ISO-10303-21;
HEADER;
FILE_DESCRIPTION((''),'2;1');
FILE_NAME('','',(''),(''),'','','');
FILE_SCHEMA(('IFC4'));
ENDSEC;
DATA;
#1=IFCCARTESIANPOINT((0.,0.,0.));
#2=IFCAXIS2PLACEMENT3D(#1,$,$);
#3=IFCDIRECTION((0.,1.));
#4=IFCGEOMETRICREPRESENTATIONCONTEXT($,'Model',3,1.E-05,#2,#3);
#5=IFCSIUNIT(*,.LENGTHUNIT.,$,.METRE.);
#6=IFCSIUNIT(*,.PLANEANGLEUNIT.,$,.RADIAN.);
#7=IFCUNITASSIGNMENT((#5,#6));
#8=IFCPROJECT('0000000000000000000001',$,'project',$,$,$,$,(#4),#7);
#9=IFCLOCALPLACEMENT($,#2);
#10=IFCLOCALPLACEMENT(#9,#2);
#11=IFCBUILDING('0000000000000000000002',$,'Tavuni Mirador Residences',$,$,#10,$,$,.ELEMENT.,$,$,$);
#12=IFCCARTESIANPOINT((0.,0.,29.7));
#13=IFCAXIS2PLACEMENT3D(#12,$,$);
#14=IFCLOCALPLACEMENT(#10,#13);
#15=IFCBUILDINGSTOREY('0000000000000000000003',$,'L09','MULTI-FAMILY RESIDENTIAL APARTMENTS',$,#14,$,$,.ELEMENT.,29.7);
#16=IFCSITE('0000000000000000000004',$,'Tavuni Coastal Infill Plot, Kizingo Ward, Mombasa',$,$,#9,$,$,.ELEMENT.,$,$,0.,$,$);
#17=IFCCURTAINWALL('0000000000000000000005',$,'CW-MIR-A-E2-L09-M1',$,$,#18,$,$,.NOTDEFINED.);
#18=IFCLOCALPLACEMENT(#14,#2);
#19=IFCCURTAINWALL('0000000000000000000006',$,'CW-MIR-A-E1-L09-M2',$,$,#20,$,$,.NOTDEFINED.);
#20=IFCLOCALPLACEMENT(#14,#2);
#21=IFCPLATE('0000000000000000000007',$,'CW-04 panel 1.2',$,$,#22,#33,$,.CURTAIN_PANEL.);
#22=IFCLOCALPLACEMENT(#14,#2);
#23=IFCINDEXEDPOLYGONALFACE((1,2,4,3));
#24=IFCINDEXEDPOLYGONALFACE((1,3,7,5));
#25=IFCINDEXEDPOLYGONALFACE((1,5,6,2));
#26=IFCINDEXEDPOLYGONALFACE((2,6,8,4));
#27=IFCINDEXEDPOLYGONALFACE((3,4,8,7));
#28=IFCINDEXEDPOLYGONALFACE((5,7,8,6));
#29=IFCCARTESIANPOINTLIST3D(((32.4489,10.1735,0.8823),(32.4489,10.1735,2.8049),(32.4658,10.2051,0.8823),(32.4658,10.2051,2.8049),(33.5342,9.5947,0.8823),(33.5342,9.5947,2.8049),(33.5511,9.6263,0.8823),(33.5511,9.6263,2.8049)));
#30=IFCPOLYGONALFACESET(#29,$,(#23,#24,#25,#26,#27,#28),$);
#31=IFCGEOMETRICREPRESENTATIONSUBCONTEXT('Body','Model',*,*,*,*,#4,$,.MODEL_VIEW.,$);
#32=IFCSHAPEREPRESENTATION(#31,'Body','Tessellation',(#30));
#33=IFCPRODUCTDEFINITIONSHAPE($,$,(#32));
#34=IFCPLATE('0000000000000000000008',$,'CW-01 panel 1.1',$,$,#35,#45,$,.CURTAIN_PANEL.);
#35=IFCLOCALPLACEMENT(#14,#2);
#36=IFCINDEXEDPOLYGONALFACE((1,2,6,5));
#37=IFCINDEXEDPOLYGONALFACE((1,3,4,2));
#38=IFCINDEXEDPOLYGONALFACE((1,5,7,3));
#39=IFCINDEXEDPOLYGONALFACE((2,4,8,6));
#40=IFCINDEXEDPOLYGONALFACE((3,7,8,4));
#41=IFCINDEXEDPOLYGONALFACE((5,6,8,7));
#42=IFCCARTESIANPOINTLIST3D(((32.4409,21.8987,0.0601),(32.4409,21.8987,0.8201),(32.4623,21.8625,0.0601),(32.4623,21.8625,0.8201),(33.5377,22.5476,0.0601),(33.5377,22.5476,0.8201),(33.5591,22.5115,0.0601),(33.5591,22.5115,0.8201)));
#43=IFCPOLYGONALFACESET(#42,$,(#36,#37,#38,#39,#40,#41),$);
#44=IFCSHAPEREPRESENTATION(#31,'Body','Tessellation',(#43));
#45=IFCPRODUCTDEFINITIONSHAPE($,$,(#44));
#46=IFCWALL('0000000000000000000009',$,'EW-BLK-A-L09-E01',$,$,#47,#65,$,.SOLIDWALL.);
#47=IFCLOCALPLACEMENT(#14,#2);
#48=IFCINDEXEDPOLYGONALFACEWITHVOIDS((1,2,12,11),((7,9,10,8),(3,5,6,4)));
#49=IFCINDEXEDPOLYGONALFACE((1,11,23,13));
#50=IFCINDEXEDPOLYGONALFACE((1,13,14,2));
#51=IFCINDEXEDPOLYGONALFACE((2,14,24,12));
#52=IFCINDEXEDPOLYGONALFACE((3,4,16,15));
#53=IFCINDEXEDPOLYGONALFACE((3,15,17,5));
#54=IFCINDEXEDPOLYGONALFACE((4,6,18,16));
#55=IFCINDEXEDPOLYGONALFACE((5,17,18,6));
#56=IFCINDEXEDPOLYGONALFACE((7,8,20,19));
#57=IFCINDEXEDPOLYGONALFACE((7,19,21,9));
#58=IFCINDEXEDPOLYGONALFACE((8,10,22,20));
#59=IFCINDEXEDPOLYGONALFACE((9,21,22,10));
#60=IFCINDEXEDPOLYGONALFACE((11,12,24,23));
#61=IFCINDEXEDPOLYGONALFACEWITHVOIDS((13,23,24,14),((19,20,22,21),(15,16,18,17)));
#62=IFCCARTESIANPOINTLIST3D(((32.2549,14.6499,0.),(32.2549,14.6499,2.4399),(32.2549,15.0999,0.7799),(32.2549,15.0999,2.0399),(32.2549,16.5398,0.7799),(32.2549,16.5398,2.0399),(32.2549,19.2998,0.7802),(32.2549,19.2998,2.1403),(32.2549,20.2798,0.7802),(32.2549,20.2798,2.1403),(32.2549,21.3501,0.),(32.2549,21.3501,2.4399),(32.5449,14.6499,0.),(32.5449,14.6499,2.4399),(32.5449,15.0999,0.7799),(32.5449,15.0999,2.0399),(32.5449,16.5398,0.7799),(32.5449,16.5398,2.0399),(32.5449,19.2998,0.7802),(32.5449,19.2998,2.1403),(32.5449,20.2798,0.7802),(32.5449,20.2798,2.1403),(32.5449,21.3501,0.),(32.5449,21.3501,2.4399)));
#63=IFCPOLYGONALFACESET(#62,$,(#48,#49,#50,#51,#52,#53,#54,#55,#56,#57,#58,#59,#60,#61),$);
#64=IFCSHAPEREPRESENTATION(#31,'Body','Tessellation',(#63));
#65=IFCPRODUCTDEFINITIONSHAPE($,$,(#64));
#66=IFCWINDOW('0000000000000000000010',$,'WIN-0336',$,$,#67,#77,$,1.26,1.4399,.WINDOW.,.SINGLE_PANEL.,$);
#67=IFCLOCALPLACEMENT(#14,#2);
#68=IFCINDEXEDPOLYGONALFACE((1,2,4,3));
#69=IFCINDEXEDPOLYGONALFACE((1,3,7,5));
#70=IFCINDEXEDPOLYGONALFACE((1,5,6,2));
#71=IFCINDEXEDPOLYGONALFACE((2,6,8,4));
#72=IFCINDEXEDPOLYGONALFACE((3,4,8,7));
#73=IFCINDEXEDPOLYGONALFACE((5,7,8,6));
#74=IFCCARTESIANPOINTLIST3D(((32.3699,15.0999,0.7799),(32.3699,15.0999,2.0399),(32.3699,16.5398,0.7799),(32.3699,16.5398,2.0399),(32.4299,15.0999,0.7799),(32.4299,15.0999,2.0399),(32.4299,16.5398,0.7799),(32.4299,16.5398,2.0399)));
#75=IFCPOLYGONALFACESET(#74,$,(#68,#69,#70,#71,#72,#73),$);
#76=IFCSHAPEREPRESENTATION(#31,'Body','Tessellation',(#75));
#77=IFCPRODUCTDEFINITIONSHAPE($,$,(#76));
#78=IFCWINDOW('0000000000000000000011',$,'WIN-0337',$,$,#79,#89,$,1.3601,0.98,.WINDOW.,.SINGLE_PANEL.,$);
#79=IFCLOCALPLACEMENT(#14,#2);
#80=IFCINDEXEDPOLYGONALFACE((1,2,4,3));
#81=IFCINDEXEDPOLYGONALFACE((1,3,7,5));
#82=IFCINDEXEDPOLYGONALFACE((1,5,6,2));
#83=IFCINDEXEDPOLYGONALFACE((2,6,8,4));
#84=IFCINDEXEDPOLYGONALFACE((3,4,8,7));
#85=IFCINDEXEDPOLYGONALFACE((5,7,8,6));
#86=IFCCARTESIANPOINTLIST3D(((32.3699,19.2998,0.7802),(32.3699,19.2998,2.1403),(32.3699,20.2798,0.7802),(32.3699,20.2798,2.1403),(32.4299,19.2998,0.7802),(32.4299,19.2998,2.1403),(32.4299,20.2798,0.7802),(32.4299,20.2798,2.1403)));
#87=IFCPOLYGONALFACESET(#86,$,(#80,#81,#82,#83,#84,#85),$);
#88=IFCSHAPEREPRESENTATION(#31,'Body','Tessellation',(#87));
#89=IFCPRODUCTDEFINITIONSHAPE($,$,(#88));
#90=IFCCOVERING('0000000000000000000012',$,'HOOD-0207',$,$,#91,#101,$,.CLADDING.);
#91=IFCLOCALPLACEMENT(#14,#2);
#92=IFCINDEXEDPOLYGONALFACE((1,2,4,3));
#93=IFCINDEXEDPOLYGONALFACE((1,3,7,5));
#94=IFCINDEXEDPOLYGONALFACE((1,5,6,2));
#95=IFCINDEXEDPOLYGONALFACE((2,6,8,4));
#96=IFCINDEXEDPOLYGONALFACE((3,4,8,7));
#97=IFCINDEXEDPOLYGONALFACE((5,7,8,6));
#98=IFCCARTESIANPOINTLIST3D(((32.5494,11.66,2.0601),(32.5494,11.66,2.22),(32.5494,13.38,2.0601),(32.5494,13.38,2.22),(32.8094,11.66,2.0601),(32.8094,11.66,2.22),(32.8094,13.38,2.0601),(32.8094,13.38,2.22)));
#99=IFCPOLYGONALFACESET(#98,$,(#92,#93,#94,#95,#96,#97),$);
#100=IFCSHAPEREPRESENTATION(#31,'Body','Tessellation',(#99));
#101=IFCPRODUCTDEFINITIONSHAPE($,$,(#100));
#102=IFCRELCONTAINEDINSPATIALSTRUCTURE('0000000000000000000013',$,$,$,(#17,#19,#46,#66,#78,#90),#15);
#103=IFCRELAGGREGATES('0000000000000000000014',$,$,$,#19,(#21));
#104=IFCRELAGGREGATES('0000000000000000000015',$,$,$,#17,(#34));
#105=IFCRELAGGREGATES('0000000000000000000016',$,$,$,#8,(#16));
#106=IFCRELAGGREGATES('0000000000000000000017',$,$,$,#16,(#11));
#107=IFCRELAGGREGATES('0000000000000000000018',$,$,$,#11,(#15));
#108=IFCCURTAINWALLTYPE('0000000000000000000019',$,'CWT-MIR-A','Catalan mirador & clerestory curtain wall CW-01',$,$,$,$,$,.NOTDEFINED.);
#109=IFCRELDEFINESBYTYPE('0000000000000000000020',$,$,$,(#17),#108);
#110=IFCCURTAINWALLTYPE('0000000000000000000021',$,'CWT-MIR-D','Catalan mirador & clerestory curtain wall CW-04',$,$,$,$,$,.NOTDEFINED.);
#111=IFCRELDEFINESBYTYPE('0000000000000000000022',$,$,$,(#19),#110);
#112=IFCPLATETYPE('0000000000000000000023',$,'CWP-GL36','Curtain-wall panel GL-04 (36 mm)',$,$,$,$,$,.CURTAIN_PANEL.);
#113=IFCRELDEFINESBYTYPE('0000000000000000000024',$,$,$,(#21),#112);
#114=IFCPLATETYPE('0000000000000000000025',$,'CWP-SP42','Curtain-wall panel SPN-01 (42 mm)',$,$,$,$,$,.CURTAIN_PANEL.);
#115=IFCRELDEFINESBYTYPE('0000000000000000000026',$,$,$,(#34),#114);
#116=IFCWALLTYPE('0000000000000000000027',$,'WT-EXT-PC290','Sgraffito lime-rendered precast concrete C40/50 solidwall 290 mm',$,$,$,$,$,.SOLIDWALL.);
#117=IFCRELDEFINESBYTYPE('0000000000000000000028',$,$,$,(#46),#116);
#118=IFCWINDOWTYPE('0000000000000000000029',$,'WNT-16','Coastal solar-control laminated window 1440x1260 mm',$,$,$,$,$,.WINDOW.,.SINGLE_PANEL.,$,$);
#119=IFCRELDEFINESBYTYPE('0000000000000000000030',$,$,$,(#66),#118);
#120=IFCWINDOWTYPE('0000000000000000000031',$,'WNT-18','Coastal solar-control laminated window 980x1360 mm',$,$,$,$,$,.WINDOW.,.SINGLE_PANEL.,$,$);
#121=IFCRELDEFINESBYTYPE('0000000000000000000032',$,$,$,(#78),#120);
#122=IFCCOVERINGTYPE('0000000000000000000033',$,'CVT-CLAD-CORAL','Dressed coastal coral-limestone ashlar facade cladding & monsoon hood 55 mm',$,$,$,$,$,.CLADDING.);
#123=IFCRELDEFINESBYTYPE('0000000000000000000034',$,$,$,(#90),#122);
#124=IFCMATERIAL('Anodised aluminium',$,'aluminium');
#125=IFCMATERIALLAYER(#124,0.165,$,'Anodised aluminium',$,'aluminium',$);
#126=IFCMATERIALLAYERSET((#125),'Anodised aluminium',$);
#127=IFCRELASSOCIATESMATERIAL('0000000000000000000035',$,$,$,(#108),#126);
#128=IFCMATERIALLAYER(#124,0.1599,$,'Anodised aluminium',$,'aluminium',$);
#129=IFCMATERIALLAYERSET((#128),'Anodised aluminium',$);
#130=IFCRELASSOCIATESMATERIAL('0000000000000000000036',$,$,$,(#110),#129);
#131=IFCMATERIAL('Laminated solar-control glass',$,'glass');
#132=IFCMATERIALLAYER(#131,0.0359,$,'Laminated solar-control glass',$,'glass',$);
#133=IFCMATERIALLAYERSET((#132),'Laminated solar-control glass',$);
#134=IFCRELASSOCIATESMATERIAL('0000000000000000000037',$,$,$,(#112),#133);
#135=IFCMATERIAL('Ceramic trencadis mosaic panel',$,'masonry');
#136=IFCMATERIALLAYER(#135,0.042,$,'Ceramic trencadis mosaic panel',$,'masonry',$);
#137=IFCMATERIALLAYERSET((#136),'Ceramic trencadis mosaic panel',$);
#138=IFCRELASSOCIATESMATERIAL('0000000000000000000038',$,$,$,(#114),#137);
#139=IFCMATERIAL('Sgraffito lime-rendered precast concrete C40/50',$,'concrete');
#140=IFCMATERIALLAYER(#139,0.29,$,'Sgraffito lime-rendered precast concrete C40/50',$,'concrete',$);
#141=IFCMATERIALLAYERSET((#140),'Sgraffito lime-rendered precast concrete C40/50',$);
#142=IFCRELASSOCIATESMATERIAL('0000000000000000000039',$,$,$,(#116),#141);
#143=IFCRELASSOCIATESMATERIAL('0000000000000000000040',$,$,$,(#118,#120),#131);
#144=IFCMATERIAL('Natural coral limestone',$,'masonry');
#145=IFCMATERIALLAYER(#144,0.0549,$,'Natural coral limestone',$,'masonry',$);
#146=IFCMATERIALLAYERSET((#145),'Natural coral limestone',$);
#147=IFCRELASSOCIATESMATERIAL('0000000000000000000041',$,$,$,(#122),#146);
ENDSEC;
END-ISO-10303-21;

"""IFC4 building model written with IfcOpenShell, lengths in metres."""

from ifc_helpers import new_model, si_unit, direction, frame, frame_2d, origin, origin_2d, place, context, subcontext, project, spatial, rectangle, extrude, material, layer, layer_set, type_object, element, fill, aggregate, save


model = new_model("IFC4")

# Units and contexts
model_context = context("Model", 3, precision=1e-05, world=origin(), true_north=direction((0.0, 1.0)))
body_context = subcontext(model_context, "Body", "Model", "MODEL_VIEW")
ifc_project = project(units=[si_unit("LENGTHUNIT", "METRE"), si_unit("PLANEANGLEUNIT", "RADIAN")], contexts=[model_context])

# Site, building, storey
site_placement = place(None, origin())
site = spatial("IfcSite", under=ifc_project, at=site_placement, Name="Tavuni Coastal Infill Plot, Kizingo Ward, Mombasa", CompositionType="ELEMENT", RefElevation=0.0)
building_placement = place(site_placement, origin())
building = spatial("IfcBuilding", under=site, at=building_placement, Name="Tavuni Mirador Residences", CompositionType="ELEMENT")
storey_placement = place(building_placement, frame((0.0, 0.0, 29.7)))
storey = spatial("IfcBuildingStorey", under=building, at=storey_placement, Name="L09", Description="MULTI-FAMILY RESIDENTIAL APARTMENTS", CompositionType="ELEMENT", Elevation=29.7)

# Curtain walls
ifc_material_1 = material(Name="Anodised aluminium", Category="aluminium")
ifc_layer_1 = layer(ifc_material_1, 0.165, Name="Anodised aluminium", Category="aluminium")
ifc_layer_set_1 = layer_set([ifc_layer_1], Name="Anodised aluminium")
curtain_wall_type_1 = type_object("IfcCurtainWallType", Name="CWT-MIR-A", Description="Catalan mirador & clerestory curtain wall CW-01", PredefinedType="NOTDEFINED", material=ifc_layer_set_1)
curtain_wall_1_placement = place(storey_placement, origin())
curtain_wall_1 = element("IfcCurtainWall", 1, at=curtain_wall_1_placement, inside=storey, type_object=curtain_wall_type_1, Name="CW-MIR-A-E2-L09-M1", PredefinedType="NOTDEFINED")
ifc_layer_2 = layer(ifc_material_1, 0.1599, Name="Anodised aluminium", Category="aluminium")
ifc_layer_set_2 = layer_set([ifc_layer_2], Name="Anodised aluminium")
curtain_wall_type_2 = type_object("IfcCurtainWallType", Name="CWT-MIR-D", Description="Catalan mirador & clerestory curtain wall CW-04", PredefinedType="NOTDEFINED", material=ifc_layer_set_2)
curtain_wall_2_placement = place(storey_placement, origin())
curtain_wall_2 = element("IfcCurtainWall", 2, at=curtain_wall_2_placement, inside=storey, type_object=curtain_wall_type_2, Name="CW-MIR-A-E1-L09-M2", PredefinedType="NOTDEFINED")

# Plates
ifc_material_2 = material(Name="Laminated solar-control glass", Category="glass")
ifc_layer_3 = layer(ifc_material_2, 0.0359, Name="Laminated solar-control glass", Category="glass")
ifc_layer_set_3 = layer_set([ifc_layer_3], Name="Laminated solar-control glass")
plate_type_1 = type_object("IfcPlateType", Name="CWP-GL36", Description="Curtain-wall panel GL-04 (36 mm)", PredefinedType="CURTAIN_PANEL", material=ifc_layer_set_3)
plate_1_placement = place(storey_placement, frame((33.0, 9.8999, 0.8823), z_axis=(0.0, 0.0, 1.0), x_axis=(-0.882353, 0.470588, 0.0)))
plate_1 = element("IfcPlate", 3, at=plate_1_placement, type_object=plate_type_1, Name="CW-04 panel 1.2", PredefinedType="CURTAIN_PANEL", context=body_context, shape_type="SweptSolid", body=[
    extrude(rectangle(XDim=1.23, YDim=0.0359, at=origin_2d()), origin(), (0.0, 0.0, 1.0), 1.9226),
])
aggregate(curtain_wall_2, [plate_1])
ifc_material_3 = material(Name="Ceramic trencadis mosaic panel", Category="masonry")
ifc_layer_4 = layer(ifc_material_3, 0.042, Name="Ceramic trencadis mosaic panel", Category="masonry")
ifc_layer_set_4 = layer_set([ifc_layer_4], Name="Ceramic trencadis mosaic panel")
plate_type_2 = type_object("IfcPlateType", Name="CWP-SP42", Description="Curtain-wall panel SPN-01 (42 mm)", PredefinedType="CURTAIN_PANEL", material=ifc_layer_set_4)
plate_2_placement = place(storey_placement, frame((33.0, 22.2051, 0.0601), z_axis=(0.0, 0.0, 1.0), x_axis=(0.860641, 0.509212, 0.0)))
plate_2 = element("IfcPlate", 4, at=plate_2_placement, type_object=plate_type_2, Name="CW-01 panel 1.1", PredefinedType="CURTAIN_PANEL", context=body_context, shape_type="SweptSolid", body=[
    extrude(rectangle(XDim=1.2744, YDim=0.042, at=origin_2d()), origin(), (0.0, 0.0, 1.0), 0.76),
])
aggregate(curtain_wall_1, [plate_2])

# Wall, openings, windows
ifc_material_4 = material(Name="Sgraffito lime-rendered precast concrete C40/50", Category="concrete")
ifc_layer_5 = layer(ifc_material_4, 0.29, Name="Sgraffito lime-rendered precast concrete C40/50", Category="concrete")
ifc_layer_set_5 = layer_set([ifc_layer_5], Name="Sgraffito lime-rendered precast concrete C40/50")
wall_type = type_object("IfcWallType", Name="WT-EXT-PC290", Description="Sgraffito lime-rendered precast concrete C40/50 solidwall 290 mm", PredefinedType="SOLIDWALL", material=ifc_layer_set_5)
wall_placement = place(storey_placement, frame((32.3999, 14.6499, 0.0), z_axis=(0.0, 0.0, 1.0), x_axis=(0.0, 1.0, 0.0)))
wall = element("IfcWall", 5, at=wall_placement, inside=storey, type_object=wall_type, Name="EW-BLK-A-L09-E01", PredefinedType="SOLIDWALL", context=body_context, shape_type="SweptSolid", body=[
    extrude(rectangle(XDim=6.7002, YDim=0.29, at=frame_2d((3.3501, 0.0))), origin(), (0.0, 0.0, 1.0), 2.4399),
])
opening_1_placement = place(wall_placement, frame((0.45, 0.0, 0.78)))
opening_1 = element("IfcOpeningElement", 6, at=opening_1_placement, cuts=wall, PredefinedType="OPENING", context=body_context, shape_type="SweptSolid", body=[
    extrude(rectangle(XDim=1.4399, YDim=1.26, at=frame_2d((0.72, 0.6299))), frame((0.0, 0.155, 0.0), z_axis=(0.0, -1.0, 0.0), x_axis=(1.0, 0.0, 0.0)), (0.0, 0.0, 1.0), 0.3101),
])
opening_2_placement = place(wall_placement, frame((4.6499, 0.0, 0.78)))
opening_2 = element("IfcOpeningElement", 7, at=opening_2_placement, cuts=wall, PredefinedType="OPENING", context=body_context, shape_type="SweptSolid", body=[
    extrude(rectangle(XDim=0.98, YDim=1.3601, at=frame_2d((0.49, 0.6802))), frame((0.0, 0.155, 0.0), z_axis=(0.0, -1.0, 0.0), x_axis=(1.0, 0.0, 0.0)), (0.0, 0.0, 1.0), 0.3101),
])
window_type_1 = type_object("IfcWindowType", Name="WNT-16", Description="Coastal solar-control laminated window 1440x1260 mm", PartitioningType="SINGLE_PANEL", PredefinedType="WINDOW", material=ifc_material_2)
window_1_placement = place(opening_1_placement, origin())
window_1 = element("IfcWindow", 8, at=window_1_placement, inside=storey, type_object=window_type_1, Name="WIN-0336", OverallHeight=1.26, OverallWidth=1.4399, PartitioningType="SINGLE_PANEL", PredefinedType="WINDOW", context=body_context, shape_type="SweptSolid", body=[
    extrude(rectangle(XDim=1.4399, YDim=1.26, at=frame_2d((0.72, 0.6299))), frame((0.0, 0.03, 0.0), z_axis=(0.0, -1.0, 0.0), x_axis=(1.0, 0.0, 0.0)), (0.0, 0.0, 1.0), 0.0601),
])
fill(opening_1, window_1)
window_type_2 = type_object("IfcWindowType", Name="WNT-18", Description="Coastal solar-control laminated window 980x1360 mm", PartitioningType="SINGLE_PANEL", PredefinedType="WINDOW", material=ifc_material_2)
window_2_placement = place(opening_2_placement, origin())
window_2 = element("IfcWindow", 9, at=window_2_placement, inside=storey, type_object=window_type_2, Name="WIN-0337", OverallHeight=1.3601, OverallWidth=0.98, PartitioningType="SINGLE_PANEL", PredefinedType="WINDOW", context=body_context, shape_type="SweptSolid", body=[
    extrude(rectangle(XDim=0.98, YDim=1.3601, at=frame_2d((0.49, 0.6802))), frame((0.0, 0.03, 0.0), z_axis=(0.0, -1.0, 0.0), x_axis=(1.0, 0.0, 0.0)), (0.0, 0.0, 1.0), 0.0601),
])
fill(opening_2, window_2)

# Covering
ifc_material_5 = material(Name="Natural coral limestone", Category="masonry")
ifc_layer_6 = layer(ifc_material_5, 0.0549, Name="Natural coral limestone", Category="masonry")
ifc_layer_set_6 = layer_set([ifc_layer_6], Name="Natural coral limestone")
covering_type = type_object("IfcCoveringType", Name="CVT-CLAD-CORAL", Description="Dressed coastal coral-limestone ashlar facade cladding & monsoon hood 55 mm", PredefinedType="CLADDING", material=ifc_layer_set_6)
covering_placement = place(storey_placement, frame((32.6794, 12.52, 2.0601), z_axis=(0.0, 0.0, 1.0), x_axis=(0.0, 1.0, 0.0)))
element("IfcCovering", 10, at=covering_placement, inside=storey, type_object=covering_type, Name="HOOD-0207", PredefinedType="CLADDING", context=body_context, shape_type="SweptSolid", body=[
    extrude(rectangle(XDim=1.72, YDim=0.26, at=origin_2d()), origin(), (0.0, 0.0, 1.0), 0.1599),
])

save(model, "model.ifc")
